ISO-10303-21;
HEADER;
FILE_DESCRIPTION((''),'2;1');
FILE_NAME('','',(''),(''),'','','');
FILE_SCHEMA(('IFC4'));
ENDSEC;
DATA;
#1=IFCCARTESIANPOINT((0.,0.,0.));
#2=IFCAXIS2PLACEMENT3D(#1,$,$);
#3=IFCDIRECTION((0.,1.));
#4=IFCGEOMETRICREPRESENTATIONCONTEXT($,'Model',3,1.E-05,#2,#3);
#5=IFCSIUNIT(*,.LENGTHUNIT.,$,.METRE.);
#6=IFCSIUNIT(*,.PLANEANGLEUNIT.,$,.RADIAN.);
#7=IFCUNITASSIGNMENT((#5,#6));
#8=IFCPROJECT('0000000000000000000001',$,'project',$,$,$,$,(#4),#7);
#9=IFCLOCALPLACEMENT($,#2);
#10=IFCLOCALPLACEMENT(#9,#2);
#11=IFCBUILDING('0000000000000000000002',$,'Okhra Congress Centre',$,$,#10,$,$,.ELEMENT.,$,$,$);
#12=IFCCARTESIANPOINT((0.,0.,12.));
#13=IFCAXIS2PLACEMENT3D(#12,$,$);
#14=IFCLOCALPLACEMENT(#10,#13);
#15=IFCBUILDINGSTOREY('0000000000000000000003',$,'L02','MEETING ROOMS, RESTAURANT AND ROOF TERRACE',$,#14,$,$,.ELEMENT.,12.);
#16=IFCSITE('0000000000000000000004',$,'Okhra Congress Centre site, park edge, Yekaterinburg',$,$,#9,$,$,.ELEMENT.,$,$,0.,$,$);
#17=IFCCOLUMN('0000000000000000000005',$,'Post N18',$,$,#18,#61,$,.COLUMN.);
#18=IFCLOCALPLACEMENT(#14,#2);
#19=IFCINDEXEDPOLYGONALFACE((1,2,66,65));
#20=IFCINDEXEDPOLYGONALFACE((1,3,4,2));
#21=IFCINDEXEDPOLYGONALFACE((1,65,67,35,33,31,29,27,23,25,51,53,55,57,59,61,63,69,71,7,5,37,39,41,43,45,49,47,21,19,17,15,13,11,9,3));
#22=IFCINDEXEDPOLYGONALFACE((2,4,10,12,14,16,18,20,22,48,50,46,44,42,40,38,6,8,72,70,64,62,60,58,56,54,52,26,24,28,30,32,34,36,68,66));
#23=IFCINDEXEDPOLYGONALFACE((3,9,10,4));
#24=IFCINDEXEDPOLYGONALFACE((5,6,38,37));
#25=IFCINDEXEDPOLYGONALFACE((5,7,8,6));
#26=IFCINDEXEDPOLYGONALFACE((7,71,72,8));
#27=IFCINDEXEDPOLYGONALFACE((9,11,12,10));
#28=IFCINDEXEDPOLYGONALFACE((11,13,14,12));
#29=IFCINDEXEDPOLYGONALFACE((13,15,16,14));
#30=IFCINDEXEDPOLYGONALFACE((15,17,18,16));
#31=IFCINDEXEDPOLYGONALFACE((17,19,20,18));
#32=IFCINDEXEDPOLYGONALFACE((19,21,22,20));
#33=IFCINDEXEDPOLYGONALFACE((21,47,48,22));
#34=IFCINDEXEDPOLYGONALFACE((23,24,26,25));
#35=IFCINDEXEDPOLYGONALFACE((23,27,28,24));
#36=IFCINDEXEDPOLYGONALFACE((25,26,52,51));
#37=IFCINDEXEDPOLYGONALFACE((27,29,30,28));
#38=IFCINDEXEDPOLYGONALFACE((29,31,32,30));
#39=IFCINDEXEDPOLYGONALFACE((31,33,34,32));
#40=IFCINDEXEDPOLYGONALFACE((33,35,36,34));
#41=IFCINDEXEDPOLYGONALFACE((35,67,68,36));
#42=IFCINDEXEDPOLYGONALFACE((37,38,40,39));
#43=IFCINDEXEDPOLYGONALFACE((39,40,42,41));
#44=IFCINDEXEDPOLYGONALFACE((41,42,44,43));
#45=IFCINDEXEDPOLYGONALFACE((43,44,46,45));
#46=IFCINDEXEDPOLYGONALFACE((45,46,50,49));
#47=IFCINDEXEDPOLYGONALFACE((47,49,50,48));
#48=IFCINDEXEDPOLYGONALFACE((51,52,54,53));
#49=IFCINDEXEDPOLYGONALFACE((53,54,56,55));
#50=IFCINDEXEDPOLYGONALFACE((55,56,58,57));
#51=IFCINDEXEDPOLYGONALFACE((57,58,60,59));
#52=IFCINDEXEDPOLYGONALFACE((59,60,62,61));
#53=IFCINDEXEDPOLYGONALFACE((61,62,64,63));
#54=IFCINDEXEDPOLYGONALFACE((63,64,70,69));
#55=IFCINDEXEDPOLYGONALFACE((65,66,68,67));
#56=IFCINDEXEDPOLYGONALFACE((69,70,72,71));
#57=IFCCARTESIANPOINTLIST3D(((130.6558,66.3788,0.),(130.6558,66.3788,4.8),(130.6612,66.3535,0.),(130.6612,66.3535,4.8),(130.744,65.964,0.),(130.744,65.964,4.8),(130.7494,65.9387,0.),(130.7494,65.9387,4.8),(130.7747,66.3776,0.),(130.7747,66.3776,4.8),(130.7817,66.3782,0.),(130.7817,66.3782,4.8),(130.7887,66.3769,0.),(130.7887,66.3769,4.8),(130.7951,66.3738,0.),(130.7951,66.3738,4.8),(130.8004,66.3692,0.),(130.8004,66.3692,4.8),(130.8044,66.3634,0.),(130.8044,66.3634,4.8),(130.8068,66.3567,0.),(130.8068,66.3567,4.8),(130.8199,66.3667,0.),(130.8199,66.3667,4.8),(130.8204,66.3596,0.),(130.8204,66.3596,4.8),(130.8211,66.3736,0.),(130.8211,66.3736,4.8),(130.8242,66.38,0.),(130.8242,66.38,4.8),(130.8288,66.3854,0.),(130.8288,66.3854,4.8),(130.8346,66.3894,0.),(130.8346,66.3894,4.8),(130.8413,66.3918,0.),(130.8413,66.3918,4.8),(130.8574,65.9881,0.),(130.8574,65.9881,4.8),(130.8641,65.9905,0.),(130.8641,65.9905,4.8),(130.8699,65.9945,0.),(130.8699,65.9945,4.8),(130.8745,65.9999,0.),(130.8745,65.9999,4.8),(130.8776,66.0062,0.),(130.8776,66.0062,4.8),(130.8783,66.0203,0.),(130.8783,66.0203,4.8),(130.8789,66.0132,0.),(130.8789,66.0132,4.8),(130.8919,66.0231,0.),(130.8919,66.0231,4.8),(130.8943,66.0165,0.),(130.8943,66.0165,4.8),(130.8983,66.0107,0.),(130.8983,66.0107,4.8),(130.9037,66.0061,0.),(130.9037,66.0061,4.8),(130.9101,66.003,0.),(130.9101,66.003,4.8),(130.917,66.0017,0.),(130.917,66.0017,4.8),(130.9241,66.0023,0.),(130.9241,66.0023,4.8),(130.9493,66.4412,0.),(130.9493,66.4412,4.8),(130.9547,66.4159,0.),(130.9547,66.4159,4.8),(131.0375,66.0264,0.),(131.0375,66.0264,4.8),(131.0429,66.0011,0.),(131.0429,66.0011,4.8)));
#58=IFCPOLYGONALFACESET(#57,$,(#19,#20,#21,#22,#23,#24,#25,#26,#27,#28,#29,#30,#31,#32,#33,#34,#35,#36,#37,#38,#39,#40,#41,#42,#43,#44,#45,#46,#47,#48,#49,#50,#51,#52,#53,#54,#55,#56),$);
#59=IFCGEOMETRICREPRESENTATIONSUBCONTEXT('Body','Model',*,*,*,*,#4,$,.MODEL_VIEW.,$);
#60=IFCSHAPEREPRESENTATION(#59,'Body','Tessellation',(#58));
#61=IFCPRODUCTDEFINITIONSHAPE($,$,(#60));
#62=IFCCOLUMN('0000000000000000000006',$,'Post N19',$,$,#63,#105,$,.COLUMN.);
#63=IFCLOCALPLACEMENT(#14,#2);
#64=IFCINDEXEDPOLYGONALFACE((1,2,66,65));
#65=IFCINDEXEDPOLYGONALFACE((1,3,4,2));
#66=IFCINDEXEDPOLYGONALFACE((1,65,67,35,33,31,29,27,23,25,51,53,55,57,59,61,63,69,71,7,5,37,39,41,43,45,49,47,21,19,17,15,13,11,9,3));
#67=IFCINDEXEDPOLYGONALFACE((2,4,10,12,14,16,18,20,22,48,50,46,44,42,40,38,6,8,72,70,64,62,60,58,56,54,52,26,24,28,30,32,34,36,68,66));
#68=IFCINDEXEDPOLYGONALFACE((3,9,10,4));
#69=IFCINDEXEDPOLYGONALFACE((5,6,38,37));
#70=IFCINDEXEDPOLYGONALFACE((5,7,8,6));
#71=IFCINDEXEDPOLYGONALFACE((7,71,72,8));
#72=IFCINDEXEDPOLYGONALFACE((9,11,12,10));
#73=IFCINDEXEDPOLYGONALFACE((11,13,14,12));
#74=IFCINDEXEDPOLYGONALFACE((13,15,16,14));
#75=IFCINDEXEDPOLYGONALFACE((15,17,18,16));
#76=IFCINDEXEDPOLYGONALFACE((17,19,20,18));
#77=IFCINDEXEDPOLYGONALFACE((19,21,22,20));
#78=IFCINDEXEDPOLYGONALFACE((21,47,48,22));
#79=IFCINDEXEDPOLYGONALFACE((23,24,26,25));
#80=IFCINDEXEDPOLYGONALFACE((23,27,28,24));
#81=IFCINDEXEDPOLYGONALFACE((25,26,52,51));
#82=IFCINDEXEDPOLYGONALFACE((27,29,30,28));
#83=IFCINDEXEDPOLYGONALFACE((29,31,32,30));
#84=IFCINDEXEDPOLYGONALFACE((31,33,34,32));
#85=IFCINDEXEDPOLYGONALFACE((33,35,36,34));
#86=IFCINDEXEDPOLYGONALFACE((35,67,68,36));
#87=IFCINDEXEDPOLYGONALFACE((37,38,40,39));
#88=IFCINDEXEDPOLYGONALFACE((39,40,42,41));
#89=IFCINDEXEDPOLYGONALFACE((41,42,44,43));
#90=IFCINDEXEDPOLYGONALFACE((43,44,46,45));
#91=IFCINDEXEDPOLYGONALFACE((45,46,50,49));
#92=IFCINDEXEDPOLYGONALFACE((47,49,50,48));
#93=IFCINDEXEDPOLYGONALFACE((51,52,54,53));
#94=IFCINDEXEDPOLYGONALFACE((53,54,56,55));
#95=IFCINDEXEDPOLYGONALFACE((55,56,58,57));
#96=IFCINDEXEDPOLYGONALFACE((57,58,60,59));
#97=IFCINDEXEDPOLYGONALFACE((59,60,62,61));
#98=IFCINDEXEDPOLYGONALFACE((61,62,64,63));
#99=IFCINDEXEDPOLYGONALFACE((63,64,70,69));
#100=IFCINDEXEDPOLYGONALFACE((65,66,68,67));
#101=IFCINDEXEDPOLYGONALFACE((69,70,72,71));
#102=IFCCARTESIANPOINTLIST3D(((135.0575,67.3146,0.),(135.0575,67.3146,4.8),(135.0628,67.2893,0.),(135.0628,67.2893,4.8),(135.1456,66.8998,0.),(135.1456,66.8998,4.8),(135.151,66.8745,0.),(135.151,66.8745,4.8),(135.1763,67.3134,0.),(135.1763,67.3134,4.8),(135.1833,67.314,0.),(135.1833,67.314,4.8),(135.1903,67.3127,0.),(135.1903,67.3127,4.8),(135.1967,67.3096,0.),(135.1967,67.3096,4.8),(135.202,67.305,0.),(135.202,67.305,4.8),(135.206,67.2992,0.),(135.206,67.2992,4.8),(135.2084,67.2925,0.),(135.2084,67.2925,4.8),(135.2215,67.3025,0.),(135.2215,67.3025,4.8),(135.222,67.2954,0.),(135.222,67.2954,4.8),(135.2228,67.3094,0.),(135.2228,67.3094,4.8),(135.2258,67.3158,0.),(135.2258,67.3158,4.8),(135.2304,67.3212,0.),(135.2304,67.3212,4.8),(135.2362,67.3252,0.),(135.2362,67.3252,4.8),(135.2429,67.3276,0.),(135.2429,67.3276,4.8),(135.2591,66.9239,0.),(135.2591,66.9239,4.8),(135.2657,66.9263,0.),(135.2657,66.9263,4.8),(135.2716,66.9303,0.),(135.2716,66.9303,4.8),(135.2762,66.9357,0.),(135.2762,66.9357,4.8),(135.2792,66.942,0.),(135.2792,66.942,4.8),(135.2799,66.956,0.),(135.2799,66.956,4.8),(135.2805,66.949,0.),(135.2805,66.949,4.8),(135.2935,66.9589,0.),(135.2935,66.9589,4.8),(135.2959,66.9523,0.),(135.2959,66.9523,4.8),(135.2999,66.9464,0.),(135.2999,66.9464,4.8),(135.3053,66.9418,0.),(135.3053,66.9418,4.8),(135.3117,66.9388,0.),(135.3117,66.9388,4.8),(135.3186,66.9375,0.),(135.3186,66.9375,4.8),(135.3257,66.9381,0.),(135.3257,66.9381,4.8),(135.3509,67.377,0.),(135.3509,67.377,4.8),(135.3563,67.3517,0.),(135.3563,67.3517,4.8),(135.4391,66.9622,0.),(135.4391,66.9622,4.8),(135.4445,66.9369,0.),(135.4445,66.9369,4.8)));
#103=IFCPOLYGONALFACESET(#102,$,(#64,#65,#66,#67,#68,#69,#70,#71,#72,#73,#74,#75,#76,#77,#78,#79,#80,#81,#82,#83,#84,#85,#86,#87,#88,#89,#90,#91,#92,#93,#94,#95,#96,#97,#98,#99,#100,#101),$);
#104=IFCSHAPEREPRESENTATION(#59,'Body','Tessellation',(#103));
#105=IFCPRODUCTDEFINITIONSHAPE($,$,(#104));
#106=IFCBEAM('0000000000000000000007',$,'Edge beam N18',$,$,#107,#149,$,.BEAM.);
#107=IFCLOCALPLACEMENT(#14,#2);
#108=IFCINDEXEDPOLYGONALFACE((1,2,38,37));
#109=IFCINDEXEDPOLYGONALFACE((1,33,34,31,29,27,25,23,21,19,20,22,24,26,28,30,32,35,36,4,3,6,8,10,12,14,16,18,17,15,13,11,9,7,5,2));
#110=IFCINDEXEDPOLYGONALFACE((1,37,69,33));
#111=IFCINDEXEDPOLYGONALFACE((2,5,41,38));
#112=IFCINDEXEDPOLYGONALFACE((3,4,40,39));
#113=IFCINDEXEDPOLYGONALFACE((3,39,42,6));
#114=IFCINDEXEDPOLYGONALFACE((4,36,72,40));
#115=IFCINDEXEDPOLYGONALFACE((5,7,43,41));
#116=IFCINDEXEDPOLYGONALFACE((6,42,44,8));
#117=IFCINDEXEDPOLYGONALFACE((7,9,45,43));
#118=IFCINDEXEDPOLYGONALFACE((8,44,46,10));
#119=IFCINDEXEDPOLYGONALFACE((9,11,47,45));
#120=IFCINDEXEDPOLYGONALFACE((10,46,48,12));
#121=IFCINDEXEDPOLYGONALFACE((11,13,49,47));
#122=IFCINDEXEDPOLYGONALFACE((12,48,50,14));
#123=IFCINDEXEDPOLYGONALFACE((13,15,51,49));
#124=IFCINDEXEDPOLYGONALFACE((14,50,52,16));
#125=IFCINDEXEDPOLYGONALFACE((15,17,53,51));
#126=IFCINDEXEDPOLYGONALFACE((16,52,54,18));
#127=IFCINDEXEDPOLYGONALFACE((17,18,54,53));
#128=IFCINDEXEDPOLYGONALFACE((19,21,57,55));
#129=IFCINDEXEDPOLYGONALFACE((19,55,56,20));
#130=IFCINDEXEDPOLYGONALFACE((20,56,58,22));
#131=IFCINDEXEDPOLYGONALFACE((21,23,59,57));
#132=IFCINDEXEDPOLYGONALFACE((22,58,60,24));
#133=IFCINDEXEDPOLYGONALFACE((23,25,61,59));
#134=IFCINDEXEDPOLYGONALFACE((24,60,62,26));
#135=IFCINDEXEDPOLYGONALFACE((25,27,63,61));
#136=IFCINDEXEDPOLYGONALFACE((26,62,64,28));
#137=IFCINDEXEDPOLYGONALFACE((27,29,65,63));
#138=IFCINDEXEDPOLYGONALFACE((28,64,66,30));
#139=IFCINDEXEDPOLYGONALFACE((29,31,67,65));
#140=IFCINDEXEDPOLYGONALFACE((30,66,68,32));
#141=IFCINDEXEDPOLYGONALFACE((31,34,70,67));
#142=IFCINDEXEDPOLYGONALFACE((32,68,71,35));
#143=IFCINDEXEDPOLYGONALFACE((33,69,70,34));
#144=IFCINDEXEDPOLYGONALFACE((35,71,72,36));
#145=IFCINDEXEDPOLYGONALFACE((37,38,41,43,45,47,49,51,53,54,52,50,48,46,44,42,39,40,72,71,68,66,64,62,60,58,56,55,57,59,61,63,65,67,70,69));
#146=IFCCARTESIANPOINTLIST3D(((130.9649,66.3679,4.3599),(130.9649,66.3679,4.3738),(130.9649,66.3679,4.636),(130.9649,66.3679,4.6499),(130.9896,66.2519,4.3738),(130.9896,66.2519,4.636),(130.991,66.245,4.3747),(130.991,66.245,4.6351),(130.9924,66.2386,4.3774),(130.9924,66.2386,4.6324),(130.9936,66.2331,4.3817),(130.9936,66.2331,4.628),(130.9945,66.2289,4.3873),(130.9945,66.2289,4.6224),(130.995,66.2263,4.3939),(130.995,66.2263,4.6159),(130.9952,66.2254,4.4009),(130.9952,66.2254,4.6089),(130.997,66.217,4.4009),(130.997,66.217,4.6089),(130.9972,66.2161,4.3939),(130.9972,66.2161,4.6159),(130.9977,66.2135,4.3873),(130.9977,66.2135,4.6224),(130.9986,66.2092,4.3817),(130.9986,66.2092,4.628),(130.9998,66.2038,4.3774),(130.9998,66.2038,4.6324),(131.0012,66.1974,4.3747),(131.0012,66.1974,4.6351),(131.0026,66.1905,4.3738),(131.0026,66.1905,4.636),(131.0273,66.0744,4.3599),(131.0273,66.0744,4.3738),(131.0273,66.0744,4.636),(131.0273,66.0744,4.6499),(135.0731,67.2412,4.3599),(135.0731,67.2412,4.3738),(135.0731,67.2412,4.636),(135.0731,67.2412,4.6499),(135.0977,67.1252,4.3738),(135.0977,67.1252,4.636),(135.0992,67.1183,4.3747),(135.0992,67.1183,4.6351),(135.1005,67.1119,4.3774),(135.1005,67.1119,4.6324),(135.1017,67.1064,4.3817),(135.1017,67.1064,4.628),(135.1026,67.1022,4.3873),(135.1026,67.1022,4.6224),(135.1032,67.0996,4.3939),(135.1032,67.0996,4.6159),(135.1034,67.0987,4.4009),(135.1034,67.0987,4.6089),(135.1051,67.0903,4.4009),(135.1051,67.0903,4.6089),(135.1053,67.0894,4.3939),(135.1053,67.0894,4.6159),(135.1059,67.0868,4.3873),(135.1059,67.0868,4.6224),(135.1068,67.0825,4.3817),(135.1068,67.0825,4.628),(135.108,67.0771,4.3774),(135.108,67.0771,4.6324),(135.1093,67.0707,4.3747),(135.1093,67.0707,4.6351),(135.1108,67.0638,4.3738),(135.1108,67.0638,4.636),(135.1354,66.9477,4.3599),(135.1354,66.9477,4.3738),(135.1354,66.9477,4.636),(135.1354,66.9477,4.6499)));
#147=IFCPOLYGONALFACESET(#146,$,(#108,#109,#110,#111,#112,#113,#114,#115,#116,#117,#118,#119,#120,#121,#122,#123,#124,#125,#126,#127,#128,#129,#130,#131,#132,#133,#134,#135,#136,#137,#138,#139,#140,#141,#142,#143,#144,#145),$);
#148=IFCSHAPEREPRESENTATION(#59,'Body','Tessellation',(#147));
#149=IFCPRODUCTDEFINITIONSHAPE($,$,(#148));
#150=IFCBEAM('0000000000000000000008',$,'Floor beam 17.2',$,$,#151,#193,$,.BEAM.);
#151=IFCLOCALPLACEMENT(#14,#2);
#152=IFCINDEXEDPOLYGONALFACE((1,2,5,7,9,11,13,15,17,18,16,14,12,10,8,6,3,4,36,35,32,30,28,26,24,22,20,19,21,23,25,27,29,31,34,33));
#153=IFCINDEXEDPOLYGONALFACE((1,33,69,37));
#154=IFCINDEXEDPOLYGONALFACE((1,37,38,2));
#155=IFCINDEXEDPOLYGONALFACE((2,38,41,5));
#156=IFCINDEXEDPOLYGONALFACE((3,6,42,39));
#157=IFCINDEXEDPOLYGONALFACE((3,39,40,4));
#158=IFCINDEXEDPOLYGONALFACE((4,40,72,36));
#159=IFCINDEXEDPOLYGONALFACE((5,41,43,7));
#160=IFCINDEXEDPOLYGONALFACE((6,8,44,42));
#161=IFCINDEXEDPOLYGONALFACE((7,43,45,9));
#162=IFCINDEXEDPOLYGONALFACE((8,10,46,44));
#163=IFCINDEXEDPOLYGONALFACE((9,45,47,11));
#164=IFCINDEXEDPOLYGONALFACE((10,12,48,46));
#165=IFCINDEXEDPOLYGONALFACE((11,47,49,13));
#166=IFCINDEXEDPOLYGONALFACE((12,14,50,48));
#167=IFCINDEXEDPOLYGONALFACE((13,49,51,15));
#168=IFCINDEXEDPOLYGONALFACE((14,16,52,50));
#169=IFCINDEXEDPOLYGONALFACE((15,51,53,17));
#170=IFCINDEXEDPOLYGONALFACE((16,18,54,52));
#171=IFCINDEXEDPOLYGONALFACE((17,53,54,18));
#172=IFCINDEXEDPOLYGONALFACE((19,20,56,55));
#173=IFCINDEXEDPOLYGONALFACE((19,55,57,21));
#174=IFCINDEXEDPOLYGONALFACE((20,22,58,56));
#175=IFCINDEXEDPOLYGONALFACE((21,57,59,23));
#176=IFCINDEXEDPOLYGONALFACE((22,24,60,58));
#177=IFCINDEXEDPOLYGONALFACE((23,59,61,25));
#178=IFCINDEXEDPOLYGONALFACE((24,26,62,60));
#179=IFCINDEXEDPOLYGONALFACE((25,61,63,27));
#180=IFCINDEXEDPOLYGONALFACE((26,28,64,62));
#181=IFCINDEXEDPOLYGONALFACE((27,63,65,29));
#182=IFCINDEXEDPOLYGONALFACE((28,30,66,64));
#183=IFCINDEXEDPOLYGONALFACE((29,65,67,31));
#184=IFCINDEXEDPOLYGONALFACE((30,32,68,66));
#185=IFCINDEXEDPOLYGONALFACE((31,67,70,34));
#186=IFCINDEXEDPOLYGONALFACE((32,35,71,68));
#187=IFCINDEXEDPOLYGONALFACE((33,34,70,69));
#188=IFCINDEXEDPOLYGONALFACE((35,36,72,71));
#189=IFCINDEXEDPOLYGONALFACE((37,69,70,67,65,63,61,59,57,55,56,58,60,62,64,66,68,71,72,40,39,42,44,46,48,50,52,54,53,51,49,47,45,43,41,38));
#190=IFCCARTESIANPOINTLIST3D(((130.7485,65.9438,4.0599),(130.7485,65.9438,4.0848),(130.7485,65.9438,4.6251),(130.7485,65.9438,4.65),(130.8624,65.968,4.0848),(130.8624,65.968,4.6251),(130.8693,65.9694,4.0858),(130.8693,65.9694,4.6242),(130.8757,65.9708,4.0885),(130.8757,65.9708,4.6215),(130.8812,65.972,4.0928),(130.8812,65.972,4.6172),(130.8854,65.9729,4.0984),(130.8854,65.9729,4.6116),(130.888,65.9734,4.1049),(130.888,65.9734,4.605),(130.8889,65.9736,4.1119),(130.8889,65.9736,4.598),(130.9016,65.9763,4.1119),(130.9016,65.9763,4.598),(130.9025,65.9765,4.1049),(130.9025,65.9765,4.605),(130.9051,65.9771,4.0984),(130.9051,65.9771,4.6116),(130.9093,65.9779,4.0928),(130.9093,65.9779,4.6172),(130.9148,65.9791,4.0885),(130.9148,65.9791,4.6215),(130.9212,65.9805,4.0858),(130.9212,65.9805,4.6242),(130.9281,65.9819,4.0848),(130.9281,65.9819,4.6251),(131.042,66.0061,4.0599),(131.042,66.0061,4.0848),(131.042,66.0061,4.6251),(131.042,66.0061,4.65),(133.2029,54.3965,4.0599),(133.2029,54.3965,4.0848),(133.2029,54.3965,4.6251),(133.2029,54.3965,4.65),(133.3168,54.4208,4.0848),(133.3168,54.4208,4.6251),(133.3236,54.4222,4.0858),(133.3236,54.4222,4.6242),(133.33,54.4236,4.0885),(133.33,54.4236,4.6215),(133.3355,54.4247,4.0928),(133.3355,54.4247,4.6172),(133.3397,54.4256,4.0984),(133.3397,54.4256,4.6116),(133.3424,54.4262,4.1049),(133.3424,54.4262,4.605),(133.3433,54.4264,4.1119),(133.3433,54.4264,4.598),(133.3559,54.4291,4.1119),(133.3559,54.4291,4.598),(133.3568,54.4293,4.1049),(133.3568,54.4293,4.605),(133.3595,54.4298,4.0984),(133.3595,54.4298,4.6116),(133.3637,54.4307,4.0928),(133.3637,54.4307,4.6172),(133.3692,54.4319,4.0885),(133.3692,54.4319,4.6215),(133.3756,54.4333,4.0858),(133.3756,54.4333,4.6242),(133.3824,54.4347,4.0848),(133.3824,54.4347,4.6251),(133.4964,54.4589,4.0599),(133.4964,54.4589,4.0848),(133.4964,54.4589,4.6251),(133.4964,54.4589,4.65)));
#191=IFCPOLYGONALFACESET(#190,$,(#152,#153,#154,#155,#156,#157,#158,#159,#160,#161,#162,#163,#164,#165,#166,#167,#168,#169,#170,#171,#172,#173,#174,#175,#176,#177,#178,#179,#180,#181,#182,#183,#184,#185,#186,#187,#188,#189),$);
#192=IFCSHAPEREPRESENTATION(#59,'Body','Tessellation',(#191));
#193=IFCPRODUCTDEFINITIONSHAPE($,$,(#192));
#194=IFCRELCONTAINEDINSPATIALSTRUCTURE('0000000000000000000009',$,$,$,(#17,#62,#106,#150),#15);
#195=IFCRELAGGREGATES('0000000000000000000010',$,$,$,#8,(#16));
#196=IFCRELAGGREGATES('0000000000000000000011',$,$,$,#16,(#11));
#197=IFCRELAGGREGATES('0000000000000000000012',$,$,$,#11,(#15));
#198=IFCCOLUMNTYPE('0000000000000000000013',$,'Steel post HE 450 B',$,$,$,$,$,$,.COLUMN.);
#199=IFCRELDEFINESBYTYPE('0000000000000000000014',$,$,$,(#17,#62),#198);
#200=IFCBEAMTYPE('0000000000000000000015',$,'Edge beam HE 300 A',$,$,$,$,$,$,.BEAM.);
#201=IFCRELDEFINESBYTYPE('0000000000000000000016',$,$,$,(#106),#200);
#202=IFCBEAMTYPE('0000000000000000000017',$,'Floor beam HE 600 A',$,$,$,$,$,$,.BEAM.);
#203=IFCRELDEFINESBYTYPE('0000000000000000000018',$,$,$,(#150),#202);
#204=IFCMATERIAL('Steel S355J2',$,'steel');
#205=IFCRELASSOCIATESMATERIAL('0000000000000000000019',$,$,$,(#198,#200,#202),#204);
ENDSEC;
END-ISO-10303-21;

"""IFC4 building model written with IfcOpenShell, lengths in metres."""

from ifc_helpers import new_model, si_unit, direction, frame, origin, origin_2d, place, context, subcontext, project, spatial, i_section, extrude, material, material_profile, profile_set, type_object, element, save


model = new_model("IFC4")

# Units and contexts
model_context = context("Model", 3, precision=1e-05, world=origin(), true_north=direction((0.0, 1.0)))
body_context = subcontext(model_context, "Body", "Model", "MODEL_VIEW")
ifc_project = project(units=[si_unit("LENGTHUNIT", "METRE"), si_unit("PLANEANGLEUNIT", "RADIAN")], contexts=[model_context])

# Site, building, storey
site_placement = place(None, origin())
site = spatial("IfcSite", under=ifc_project, at=site_placement, Name="Okhra Congress Centre site, park edge, Yekaterinburg", CompositionType="ELEMENT", RefElevation=0.0)
building_placement = place(site_placement, origin())
building = spatial("IfcBuilding", under=site, at=building_placement, Name="Okhra Congress Centre", CompositionType="ELEMENT")
storey_placement = place(building_placement, frame((0.0, 0.0, 12.0)))
storey = spatial("IfcBuildingStorey", under=building, at=storey_placement, Name="L02", Description="MEETING ROOMS, RESTAURANT AND ROOF TERRACE", CompositionType="ELEMENT", Elevation=12.0)

# Columns
ifc_material_1 = material(Name="Steel S355J2", Category="steel")
ifc_material_profile_1 = material_profile(ifc_material_1, i_section(OverallWidth=0.3, OverallDepth=0.45, WebThickness=0.0139, FlangeThickness=0.0259, FilletRadius=0.0271, at=origin_2d()), Name="HE 450 B")
ifc_profile_set_1 = profile_set([ifc_material_profile_1], Name="Steel S355J2")
column_type = type_object("IfcColumnType", Name="Steel post HE 450 B", PredefinedType="COLUMN", material=ifc_profile_set_1)
for number, where, z_axis, x_axis, name in (
    (1, (130.8494, 66.1899, 0.0), (0.0, 0.0, 1.0), (0.978148, 0.207912, 0.0), "Post N18"),
    (2, (135.251, 67.1257, 0.0), (0.0, 0.0, 1.0), (0.978148, 0.207912, 0.0), "Post N19"),
):
    element("IfcColumn", number, at=place(storey_placement, frame(where, z_axis=z_axis, x_axis=x_axis)), inside=storey, type_object=column_type, Name=name, PredefinedType="COLUMN", context=body_context, shape_type="SweptSolid", body=[
        extrude(i_section(OverallWidth=0.3, OverallDepth=0.45, WebThickness=0.0139, FlangeThickness=0.0259, FilletRadius=0.0271, at=origin_2d()), origin(), (0.0, 0.0, 1.0), 4.8),
    ])

# Beams
ifc_material_profile_2 = material_profile(ifc_material_1, i_section(OverallWidth=0.3, OverallDepth=0.29, WebThickness=0.0085, FlangeThickness=0.0139, FilletRadius=0.0271, at=origin_2d()), Name="HE 300 A")
ifc_profile_set_2 = profile_set([ifc_material_profile_2], Name="Steel S355J2")
beam_type_1 = type_object("IfcBeamType", Name="Edge beam HE 300 A", PredefinedType="BEAM", material=ifc_profile_set_2)
beam_1_placement = place(storey_placement, frame((130.9961, 66.2212, 4.5049), z_axis=(0.978144, 0.207929, 0.0), x_axis=(-0.207929, 0.978144, 0.0)))
element("IfcBeam", 3, at=beam_1_placement, inside=storey, type_object=beam_type_1, Name="Edge beam N18", PredefinedType="BEAM", context=body_context, shape_type="SweptSolid", body=[
    extrude(i_section(OverallWidth=0.3, OverallDepth=0.29, WebThickness=0.0085, FlangeThickness=0.0139, FilletRadius=0.0271, at=origin_2d()), origin(), (0.0, 0.0, 1.0), 4.2),
])
ifc_material_profile_3 = material_profile(ifc_material_1, i_section(OverallWidth=0.3, OverallDepth=0.5901, WebThickness=0.0129, FlangeThickness=0.0249, FilletRadius=0.0271, at=origin_2d()), Name="HE 600 A")
ifc_profile_set_3 = profile_set([ifc_material_profile_3], Name="Steel S355J2")
beam_type_2 = type_object("IfcBeamType", Name="Floor beam HE 600 A", PredefinedType="BEAM", material=ifc_profile_set_3)
for number, where, z_axis, x_axis, name in (
    (4, (133.3496, 54.4277, 4.355), (-0.207906, 0.978149, 0.0), (-0.978149, -0.207906, 0.0), "Floor beam 17.2"),
):
    element("IfcBeam", number, at=place(storey_placement, frame(where, z_axis=z_axis, x_axis=x_axis)), inside=storey, type_object=beam_type_2, Name=name, PredefinedType="BEAM", context=body_context, shape_type="SweptSolid", body=[
        extrude(i_section(OverallWidth=0.3, OverallDepth=0.5901, WebThickness=0.0129, FlangeThickness=0.0249, FilletRadius=0.0271, at=origin_2d()), origin(), (0.0, 0.0, 1.0), 11.8052),
    ])

save(model, "model.ifc")
